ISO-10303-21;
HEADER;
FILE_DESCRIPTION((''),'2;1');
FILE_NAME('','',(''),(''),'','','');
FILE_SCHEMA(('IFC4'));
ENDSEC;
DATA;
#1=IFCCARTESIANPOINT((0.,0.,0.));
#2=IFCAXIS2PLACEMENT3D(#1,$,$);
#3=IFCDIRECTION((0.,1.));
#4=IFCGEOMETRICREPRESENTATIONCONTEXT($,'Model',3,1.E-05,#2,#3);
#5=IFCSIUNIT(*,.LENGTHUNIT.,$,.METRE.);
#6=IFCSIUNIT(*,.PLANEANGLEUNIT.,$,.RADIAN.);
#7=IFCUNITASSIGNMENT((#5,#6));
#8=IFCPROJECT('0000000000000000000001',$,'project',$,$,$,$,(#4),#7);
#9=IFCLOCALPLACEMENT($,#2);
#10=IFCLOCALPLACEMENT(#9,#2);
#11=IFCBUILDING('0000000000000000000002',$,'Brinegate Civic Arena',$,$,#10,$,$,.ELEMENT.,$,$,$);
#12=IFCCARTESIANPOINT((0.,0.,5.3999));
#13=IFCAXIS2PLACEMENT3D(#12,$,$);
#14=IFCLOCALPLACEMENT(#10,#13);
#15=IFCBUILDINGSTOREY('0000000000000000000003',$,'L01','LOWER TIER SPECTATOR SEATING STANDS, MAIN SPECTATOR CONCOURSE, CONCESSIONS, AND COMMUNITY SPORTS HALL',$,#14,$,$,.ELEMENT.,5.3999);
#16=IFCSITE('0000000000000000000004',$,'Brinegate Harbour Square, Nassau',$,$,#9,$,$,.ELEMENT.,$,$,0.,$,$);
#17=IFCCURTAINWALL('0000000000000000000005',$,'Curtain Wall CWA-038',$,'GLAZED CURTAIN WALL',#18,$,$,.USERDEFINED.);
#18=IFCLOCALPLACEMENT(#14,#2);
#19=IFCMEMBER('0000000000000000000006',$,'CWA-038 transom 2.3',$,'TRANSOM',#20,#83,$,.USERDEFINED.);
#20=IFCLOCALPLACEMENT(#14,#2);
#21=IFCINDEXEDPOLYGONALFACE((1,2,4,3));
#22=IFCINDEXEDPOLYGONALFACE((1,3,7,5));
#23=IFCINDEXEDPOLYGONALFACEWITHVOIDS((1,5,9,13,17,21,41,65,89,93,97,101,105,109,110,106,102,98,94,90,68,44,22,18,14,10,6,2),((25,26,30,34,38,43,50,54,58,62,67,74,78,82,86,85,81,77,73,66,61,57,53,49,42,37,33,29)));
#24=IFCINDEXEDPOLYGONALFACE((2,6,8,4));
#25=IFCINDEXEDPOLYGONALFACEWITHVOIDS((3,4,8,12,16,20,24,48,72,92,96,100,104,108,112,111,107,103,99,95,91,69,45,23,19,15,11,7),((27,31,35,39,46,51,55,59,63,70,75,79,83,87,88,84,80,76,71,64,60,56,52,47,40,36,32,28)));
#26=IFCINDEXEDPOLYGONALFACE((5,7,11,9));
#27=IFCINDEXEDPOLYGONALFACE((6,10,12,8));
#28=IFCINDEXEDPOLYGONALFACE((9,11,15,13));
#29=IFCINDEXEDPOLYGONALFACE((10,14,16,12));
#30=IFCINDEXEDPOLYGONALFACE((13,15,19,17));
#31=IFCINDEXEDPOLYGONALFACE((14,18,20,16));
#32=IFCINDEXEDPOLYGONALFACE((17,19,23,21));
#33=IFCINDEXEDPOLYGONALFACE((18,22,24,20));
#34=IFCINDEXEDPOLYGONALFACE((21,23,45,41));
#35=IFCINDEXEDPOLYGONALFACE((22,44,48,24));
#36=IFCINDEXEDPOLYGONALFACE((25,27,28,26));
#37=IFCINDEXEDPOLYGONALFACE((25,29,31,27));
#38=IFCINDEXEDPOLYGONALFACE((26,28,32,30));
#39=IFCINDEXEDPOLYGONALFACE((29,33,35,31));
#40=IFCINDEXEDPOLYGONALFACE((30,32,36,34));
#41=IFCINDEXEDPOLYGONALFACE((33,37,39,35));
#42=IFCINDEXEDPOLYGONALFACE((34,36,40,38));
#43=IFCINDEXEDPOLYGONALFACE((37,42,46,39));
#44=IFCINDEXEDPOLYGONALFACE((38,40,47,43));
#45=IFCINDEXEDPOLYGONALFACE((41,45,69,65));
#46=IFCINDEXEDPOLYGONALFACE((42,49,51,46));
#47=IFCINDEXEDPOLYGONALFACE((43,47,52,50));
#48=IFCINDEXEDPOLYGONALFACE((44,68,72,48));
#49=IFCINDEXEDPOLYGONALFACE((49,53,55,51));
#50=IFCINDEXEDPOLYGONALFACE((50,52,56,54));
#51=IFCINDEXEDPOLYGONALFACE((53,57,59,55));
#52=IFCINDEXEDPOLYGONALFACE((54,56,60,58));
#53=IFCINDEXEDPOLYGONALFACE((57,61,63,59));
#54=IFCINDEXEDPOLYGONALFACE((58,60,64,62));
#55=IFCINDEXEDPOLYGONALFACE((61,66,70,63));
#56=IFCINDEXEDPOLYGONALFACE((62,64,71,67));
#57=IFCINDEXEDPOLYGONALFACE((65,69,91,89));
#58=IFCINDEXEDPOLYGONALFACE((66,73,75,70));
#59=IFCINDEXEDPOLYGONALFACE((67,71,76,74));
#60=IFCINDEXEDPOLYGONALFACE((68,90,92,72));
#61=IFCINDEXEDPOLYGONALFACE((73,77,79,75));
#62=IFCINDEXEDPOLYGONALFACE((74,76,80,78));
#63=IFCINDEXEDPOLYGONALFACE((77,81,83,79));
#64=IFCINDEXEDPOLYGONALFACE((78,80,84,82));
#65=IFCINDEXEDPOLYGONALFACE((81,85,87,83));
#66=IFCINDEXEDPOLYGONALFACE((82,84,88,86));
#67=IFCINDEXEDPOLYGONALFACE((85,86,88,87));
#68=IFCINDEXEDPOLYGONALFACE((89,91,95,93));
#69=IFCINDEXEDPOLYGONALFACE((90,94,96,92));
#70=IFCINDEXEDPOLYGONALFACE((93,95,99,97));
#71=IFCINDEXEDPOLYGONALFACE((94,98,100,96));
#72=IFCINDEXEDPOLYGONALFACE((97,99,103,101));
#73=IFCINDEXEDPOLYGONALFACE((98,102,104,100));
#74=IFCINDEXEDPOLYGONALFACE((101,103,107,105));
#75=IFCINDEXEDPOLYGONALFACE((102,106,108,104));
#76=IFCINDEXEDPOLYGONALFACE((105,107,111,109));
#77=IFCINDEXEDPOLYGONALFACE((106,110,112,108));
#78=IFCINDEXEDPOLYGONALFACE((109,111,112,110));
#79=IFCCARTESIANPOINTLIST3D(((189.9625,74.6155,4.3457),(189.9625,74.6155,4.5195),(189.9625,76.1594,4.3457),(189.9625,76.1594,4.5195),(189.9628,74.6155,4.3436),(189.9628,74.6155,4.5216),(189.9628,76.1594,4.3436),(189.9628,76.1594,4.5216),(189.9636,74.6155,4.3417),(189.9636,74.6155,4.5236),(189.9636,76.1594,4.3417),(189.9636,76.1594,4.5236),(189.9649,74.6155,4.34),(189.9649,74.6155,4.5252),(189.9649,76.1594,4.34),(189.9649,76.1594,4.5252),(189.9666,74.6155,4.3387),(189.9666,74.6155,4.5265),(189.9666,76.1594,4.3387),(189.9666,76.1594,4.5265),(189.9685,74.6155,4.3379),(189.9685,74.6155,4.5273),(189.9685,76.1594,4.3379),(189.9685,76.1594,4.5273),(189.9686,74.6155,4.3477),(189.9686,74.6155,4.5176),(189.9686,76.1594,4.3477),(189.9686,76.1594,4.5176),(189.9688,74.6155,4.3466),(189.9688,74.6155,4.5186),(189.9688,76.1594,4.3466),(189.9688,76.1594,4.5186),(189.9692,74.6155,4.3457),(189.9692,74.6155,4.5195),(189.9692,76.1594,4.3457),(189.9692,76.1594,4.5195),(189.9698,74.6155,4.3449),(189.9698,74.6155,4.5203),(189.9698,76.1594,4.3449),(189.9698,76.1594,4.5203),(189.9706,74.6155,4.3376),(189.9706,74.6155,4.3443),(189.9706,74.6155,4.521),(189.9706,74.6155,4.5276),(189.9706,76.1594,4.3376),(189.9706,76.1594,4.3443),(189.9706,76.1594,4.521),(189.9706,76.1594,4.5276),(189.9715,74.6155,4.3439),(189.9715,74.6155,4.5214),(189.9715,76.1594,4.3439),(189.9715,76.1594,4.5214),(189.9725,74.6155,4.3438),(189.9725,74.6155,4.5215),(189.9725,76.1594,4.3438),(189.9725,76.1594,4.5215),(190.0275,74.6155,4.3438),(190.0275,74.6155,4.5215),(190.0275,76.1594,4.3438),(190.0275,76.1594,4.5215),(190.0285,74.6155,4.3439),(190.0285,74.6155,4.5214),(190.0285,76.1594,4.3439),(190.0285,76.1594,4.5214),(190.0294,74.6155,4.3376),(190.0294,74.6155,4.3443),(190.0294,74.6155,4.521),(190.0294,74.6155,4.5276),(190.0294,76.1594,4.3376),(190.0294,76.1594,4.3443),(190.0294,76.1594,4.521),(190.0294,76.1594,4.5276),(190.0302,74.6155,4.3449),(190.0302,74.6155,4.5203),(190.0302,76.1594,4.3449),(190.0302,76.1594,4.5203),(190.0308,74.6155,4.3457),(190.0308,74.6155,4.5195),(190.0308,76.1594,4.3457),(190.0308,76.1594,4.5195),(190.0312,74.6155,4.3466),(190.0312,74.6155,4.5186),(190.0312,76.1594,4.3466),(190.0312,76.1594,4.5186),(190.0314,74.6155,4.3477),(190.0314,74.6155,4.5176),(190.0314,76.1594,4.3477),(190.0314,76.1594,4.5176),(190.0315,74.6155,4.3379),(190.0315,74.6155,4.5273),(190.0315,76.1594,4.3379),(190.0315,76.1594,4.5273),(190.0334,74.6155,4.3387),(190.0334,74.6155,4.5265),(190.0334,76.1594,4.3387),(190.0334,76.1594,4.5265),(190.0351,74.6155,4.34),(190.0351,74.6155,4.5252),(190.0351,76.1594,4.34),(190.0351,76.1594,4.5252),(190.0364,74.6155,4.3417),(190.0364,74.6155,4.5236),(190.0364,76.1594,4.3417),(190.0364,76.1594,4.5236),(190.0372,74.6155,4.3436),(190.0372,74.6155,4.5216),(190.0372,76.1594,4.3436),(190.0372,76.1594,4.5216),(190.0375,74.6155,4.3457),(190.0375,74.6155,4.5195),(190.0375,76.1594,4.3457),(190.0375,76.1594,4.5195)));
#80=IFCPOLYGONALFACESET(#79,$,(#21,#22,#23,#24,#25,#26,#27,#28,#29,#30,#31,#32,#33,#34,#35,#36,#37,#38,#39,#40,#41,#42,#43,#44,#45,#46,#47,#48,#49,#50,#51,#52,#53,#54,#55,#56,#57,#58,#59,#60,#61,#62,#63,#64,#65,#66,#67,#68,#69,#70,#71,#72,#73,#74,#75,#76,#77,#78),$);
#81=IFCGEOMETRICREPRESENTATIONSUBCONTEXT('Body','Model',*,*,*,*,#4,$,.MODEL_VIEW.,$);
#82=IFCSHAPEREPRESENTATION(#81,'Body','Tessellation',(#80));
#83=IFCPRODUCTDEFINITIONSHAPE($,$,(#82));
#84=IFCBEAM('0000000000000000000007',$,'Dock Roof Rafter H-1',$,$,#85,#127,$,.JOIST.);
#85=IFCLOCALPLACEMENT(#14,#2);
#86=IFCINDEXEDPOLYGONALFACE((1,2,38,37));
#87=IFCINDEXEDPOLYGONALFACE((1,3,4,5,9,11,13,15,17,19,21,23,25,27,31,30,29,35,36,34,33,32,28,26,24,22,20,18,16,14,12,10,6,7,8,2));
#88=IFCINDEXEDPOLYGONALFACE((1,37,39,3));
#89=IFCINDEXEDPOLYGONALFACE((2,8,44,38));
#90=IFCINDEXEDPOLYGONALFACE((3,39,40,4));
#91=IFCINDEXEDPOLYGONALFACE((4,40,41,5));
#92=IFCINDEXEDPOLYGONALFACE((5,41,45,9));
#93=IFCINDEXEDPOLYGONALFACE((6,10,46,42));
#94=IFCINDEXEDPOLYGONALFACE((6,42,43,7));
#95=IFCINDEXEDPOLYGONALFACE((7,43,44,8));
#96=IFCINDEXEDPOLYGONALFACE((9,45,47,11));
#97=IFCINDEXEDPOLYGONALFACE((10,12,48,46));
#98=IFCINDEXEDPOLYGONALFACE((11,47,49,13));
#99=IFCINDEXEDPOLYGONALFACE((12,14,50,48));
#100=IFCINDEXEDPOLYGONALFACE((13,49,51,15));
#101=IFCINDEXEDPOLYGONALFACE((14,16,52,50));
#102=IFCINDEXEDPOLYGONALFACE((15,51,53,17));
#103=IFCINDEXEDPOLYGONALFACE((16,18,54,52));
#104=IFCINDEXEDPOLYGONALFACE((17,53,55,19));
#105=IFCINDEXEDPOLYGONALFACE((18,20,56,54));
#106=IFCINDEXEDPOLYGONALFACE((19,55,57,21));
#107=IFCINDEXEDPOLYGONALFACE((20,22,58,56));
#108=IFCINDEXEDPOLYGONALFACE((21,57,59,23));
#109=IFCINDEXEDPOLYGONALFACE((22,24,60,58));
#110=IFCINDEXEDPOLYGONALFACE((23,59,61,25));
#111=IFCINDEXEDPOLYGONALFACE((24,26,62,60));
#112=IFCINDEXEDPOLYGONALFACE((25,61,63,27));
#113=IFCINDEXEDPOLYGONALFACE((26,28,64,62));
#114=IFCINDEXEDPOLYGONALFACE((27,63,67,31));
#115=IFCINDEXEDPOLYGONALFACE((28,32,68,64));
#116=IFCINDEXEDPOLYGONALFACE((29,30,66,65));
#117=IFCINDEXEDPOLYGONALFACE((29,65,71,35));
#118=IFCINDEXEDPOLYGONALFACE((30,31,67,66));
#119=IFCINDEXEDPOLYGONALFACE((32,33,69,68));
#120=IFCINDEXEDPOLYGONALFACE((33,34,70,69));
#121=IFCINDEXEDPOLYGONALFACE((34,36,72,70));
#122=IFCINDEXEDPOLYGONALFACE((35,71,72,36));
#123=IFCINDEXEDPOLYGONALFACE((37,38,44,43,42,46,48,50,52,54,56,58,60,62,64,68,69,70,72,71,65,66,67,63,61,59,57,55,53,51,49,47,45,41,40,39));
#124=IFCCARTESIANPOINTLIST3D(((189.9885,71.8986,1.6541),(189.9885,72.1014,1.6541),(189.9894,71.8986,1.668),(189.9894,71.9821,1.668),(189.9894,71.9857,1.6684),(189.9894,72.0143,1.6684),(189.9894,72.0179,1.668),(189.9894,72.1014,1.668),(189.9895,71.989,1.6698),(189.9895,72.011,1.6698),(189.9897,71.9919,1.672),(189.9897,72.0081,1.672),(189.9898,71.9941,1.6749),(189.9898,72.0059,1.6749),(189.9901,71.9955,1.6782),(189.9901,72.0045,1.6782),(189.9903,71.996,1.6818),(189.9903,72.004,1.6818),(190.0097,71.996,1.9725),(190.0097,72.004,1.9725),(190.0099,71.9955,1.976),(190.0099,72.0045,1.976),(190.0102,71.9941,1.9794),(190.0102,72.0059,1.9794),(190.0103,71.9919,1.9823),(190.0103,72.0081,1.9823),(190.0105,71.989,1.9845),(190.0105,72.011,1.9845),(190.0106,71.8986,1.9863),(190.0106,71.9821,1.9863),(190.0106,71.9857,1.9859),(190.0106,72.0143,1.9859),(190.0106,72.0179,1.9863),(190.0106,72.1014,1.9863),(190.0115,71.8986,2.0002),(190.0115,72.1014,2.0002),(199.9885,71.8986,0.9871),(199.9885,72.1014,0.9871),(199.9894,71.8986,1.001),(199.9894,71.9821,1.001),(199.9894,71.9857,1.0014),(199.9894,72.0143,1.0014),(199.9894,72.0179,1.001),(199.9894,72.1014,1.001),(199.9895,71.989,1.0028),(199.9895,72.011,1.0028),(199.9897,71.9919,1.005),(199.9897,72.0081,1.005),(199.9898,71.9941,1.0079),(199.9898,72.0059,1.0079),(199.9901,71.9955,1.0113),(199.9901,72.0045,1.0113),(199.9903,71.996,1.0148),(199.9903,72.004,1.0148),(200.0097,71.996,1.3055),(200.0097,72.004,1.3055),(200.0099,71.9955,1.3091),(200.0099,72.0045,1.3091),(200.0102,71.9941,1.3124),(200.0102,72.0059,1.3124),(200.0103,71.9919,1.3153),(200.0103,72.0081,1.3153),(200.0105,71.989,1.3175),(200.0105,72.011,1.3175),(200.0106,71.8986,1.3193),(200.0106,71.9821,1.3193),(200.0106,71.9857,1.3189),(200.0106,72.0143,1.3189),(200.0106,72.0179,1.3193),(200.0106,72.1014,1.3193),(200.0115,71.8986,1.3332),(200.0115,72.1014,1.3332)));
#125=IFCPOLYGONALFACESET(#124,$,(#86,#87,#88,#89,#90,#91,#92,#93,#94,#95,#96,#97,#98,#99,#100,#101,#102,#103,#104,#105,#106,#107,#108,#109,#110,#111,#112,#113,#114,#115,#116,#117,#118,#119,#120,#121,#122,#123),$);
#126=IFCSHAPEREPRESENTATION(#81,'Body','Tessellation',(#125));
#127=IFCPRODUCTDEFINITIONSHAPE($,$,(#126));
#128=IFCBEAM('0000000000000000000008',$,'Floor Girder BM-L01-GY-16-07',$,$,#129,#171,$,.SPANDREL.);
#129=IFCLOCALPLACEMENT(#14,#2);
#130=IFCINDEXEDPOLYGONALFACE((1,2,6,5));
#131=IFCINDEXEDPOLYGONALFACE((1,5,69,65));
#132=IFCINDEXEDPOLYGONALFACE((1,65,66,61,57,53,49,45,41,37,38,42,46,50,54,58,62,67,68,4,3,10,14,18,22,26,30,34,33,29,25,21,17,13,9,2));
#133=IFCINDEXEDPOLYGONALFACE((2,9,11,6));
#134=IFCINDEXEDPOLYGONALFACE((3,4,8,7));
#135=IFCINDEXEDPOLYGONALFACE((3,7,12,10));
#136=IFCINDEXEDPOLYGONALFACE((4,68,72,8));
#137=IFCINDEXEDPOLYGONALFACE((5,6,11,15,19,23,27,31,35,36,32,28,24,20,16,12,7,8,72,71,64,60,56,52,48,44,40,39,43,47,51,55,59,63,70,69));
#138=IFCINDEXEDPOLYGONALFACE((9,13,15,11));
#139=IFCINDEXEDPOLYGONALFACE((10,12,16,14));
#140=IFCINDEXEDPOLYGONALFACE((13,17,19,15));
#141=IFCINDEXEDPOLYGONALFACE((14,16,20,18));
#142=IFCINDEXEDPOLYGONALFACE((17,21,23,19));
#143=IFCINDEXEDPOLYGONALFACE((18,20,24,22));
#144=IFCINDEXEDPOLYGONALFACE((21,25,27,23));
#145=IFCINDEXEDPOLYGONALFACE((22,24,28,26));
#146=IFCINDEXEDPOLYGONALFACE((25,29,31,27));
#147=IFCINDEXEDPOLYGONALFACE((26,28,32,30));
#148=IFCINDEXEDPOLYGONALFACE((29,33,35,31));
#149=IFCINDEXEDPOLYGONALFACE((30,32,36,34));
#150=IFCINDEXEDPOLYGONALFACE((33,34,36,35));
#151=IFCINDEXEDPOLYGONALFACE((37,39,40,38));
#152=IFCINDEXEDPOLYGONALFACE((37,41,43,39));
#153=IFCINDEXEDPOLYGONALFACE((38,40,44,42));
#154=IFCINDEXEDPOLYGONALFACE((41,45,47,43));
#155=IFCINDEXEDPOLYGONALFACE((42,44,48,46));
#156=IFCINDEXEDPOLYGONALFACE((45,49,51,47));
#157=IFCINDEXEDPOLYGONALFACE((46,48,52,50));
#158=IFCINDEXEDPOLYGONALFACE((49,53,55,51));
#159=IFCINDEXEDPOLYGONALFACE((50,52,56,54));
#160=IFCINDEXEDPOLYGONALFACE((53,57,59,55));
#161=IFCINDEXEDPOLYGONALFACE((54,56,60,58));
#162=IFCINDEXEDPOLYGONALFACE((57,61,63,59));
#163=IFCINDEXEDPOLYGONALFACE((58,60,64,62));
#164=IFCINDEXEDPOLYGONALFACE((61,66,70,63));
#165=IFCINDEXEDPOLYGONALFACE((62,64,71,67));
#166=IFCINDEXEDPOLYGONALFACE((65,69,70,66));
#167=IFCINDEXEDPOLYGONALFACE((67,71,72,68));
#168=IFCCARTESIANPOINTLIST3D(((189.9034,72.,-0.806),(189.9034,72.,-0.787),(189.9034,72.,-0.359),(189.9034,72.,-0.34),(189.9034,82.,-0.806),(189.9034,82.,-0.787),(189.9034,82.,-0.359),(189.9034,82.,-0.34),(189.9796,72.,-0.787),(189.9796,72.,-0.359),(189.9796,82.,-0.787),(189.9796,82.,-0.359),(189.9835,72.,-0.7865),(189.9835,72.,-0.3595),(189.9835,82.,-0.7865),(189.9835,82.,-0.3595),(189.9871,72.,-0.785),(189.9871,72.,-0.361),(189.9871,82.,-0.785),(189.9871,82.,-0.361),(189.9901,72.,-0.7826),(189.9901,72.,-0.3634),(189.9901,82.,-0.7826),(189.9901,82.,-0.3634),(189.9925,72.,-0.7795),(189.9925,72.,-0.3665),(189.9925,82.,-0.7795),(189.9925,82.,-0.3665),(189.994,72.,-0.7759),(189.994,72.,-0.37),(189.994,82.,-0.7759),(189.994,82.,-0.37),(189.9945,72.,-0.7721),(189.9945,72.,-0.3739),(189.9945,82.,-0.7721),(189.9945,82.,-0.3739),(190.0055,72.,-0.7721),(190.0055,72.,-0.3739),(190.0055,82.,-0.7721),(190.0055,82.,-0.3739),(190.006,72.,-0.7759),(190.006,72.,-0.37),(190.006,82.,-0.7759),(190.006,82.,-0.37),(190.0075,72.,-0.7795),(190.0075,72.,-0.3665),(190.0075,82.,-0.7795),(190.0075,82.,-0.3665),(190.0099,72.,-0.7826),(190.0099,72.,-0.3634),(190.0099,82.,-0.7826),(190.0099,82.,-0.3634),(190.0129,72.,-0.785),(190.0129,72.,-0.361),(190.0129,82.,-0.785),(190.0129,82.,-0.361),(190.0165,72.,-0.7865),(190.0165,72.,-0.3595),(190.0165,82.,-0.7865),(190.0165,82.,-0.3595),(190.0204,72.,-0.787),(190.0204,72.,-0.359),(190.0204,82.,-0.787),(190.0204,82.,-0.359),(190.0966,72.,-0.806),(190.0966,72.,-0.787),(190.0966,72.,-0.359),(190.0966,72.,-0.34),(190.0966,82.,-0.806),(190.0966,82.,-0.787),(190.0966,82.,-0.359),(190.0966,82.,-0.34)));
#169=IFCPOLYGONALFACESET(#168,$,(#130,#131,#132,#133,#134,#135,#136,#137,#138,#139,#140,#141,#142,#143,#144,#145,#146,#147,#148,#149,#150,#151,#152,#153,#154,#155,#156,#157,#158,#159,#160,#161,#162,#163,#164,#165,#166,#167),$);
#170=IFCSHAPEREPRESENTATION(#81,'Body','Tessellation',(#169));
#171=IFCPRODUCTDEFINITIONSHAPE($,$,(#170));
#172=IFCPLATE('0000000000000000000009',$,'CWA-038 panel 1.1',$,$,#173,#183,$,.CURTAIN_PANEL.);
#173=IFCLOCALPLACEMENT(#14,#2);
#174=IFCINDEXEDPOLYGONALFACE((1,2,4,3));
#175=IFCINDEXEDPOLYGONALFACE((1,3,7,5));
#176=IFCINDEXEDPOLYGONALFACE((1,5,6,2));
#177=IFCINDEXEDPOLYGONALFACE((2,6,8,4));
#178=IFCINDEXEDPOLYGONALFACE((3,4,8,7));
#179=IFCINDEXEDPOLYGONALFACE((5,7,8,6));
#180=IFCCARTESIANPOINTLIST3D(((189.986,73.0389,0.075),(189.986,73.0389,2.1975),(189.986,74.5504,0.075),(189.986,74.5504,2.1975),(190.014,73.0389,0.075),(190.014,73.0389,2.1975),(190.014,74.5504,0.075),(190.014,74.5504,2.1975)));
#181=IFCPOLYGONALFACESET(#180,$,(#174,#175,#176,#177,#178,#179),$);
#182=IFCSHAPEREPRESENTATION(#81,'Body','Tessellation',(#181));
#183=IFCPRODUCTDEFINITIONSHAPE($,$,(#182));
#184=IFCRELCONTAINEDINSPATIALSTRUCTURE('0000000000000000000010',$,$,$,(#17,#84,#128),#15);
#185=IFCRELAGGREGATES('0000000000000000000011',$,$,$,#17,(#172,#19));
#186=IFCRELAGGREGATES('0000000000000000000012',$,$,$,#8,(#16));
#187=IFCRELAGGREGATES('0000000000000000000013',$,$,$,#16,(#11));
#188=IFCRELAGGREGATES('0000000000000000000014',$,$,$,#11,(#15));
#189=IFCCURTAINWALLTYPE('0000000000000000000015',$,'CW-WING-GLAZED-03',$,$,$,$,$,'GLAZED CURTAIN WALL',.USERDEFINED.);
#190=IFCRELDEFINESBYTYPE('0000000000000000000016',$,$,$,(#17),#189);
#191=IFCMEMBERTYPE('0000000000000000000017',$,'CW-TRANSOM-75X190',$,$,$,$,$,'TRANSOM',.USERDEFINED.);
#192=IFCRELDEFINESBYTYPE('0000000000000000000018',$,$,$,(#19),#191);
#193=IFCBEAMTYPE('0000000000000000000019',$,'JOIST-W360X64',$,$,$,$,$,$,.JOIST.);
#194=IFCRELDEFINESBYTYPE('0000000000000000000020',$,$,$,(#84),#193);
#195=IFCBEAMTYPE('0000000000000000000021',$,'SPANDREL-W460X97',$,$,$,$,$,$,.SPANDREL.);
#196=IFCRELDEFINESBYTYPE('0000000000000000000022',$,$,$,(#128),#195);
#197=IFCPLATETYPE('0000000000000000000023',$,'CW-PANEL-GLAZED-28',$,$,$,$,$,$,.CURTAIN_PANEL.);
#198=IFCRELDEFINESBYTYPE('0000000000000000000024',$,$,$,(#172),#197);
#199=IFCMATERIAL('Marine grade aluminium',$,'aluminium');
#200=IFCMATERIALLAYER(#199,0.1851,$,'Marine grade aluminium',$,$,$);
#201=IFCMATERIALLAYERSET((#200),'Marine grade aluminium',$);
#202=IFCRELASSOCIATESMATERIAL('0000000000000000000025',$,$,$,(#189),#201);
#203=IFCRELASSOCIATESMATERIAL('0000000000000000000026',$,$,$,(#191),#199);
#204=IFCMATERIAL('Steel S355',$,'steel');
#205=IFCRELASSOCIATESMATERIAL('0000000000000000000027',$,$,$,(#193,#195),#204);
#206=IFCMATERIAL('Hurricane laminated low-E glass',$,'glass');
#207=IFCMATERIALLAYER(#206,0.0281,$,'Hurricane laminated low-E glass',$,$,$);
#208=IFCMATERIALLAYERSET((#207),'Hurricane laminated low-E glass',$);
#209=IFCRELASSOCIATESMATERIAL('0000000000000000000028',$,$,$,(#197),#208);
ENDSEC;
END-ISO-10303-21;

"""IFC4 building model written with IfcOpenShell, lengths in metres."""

from ifc_helpers import new_model, si_unit, direction, frame, origin, origin_2d, place, context, subcontext, project, spatial, rectangle, hollow_rectangle, i_section, extrude, material, layer, layer_set, material_profile, profile_set, type_object, element, aggregate, save


model = new_model("IFC4")

# Units and contexts
model_context = context("Model", 3, precision=1e-05, world=origin(), true_north=direction((0.0, 1.0)))
body_context = subcontext(model_context, "Body", "Model", "MODEL_VIEW")
ifc_project = project(units=[si_unit("LENGTHUNIT", "METRE"), si_unit("PLANEANGLEUNIT", "RADIAN")], contexts=[model_context])

# Site, building, storey
site_placement = place(None, origin())
site = spatial("IfcSite", under=ifc_project, at=site_placement, Name="Brinegate Harbour Square, Nassau", CompositionType="ELEMENT", RefElevation=0.0)
building_placement = place(site_placement, origin())
building = spatial("IfcBuilding", under=site, at=building_placement, Name="Brinegate Civic Arena", CompositionType="ELEMENT")
storey_placement = place(building_placement, frame((0.0, 0.0, 5.3999)))
storey = spatial("IfcBuildingStorey", under=building, at=storey_placement, Name="L01", Description="LOWER TIER SPECTATOR SEATING STANDS, MAIN SPECTATOR CONCOURSE, CONCESSIONS, AND COMMUNITY SPORTS HALL", CompositionType="ELEMENT", Elevation=5.3999)

# Curtain wall
ifc_material_1 = material(Name="Marine grade aluminium", Category="aluminium")
ifc_layer_1 = layer(ifc_material_1, 0.1851, Name="Marine grade aluminium")
ifc_layer_set_1 = layer_set([ifc_layer_1], Name="Marine grade aluminium")
curtain_wall_type = type_object("IfcCurtainWallType", Name="CW-WING-GLAZED-03", ElementType="GLAZED CURTAIN WALL", PredefinedType="USERDEFINED", material=ifc_layer_set_1)
curtain_wall_1_placement = place(storey_placement, origin())
curtain_wall_1 = element("IfcCurtainWall", 1, at=curtain_wall_1_placement, inside=storey, type_object=curtain_wall_type, Name="Curtain Wall CWA-038", ObjectType="GLAZED CURTAIN WALL", PredefinedType="USERDEFINED")

# Member
ifc_material_profile_1 = material_profile(ifc_material_1, hollow_rectangle(XDim=0.075, YDim=0.1899, WallThickness=0.0061, InnerFilletRadius=0.0039, OuterFilletRadius=0.0081, at=origin_2d()), Name="TRN75X190")
ifc_profile_set_1 = profile_set([ifc_material_profile_1], Name="Marine grade aluminium")
member_type_1 = type_object("IfcMemberType", Name="CW-TRANSOM-75X190", ElementType="TRANSOM", PredefinedType="USERDEFINED", material=ifc_profile_set_1)
member_1_placement = place(storey_placement, frame((190.0, 74.6155, 4.4326), z_axis=(0.0, 1.0, 0.0), x_axis=(-1.0, 0.0, 0.0)))
member_1 = element("IfcMember", 2, at=member_1_placement, type_object=member_type_1, Name="CWA-038 transom 2.3", ObjectType="TRANSOM", PredefinedType="USERDEFINED", context=body_context, shape_type="SweptSolid", body=[
    extrude(hollow_rectangle(XDim=0.075, YDim=0.1899, WallThickness=0.0061, InnerFilletRadius=0.0039, OuterFilletRadius=0.0081, at=origin_2d()), origin(), (0.0, 0.0, 1.0), 1.5439),
])

# Beams
ifc_material_2 = material(Name="Steel S355", Category="steel")
ifc_material_profile_2 = material_profile(ifc_material_2, i_section(OverallWidth=0.2029, OverallDepth=0.3469, WebThickness=0.0081, FlangeThickness=0.0139, FilletRadius=0.0139, at=origin_2d()), Name="W360X64")
ifc_profile_set_2 = profile_set([ifc_material_profile_2], Name="Steel S355")
beam_type_1 = type_object("IfcBeamType", Name="JOIST-W360X64", PredefinedType="JOIST", material=ifc_profile_set_2)
beam_1_placement = place(storey_placement, frame((190.0, 72.0, 1.8271), z_axis=(0.997783, 0.0, -0.066551), x_axis=(0.0, 1.0, 0.0)))
element("IfcBeam", 3, at=beam_1_placement, inside=storey, type_object=beam_type_1, Name="Dock Roof Rafter H-1", PredefinedType="JOIST", context=body_context, shape_type="SweptSolid", body=[
    extrude(i_section(OverallWidth=0.2029, OverallDepth=0.3469, WebThickness=0.0081, FlangeThickness=0.0139, FilletRadius=0.0139, at=origin_2d()), origin(), (0.0, 0.0, 1.0), 10.0222),
])
ifc_material_profile_3 = material_profile(ifc_material_2, i_section(OverallWidth=0.1931, OverallDepth=0.4661, WebThickness=0.011, FlangeThickness=0.019, FilletRadius=0.0149, at=origin_2d()), Name="W460X97")
ifc_profile_set_3 = profile_set([ifc_material_profile_3], Name="Steel S355")
beam_type_2 = type_object("IfcBeamType", Name="SPANDREL-W460X97", PredefinedType="SPANDREL", material=ifc_profile_set_3)
beam_2_placement = place(storey_placement, frame((190.0, 72.0, -0.573), z_axis=(0.0, 1.0, 0.0), x_axis=(-1.0, 0.0, 0.0)))
element("IfcBeam", 4, at=beam_2_placement, inside=storey, type_object=beam_type_2, Name="Floor Girder BM-L01-GY-16-07", PredefinedType="SPANDREL", context=body_context, shape_type="SweptSolid", body=[
    extrude(i_section(OverallWidth=0.1931, OverallDepth=0.4661, WebThickness=0.011, FlangeThickness=0.019, FilletRadius=0.0149, at=origin_2d()), origin(), (0.0, 0.0, 1.0), 10.0),
])

# Plate
ifc_material_3 = material(Name="Hurricane laminated low-E glass", Category="glass")
ifc_layer_2 = layer(ifc_material_3, 0.0281, Name="Hurricane laminated low-E glass")
ifc_layer_set_2 = layer_set([ifc_layer_2], Name="Hurricane laminated low-E glass")
plate_type_1 = type_object("IfcPlateType", Name="CW-PANEL-GLAZED-28", PredefinedType="CURTAIN_PANEL", material=ifc_layer_set_2)
plate_1_placement = place(storey_placement, frame((190.0, 73.7947, 0.075), z_axis=(0.0, 0.0, 1.0), x_axis=(0.0, 1.0, 0.0)))
plate_1 = element("IfcPlate", 5, at=plate_1_placement, type_object=plate_type_1, Name="CWA-038 panel 1.1", PredefinedType="CURTAIN_PANEL", context=body_context, shape_type="SweptSolid", body=[
    extrude(rectangle(XDim=1.5115, YDim=0.0281, at=origin_2d()), origin(), (0.0, 0.0, 1.0), 2.1226),
])
aggregate(curtain_wall_1, [plate_1, member_1])

save(model, "model.ifc")
